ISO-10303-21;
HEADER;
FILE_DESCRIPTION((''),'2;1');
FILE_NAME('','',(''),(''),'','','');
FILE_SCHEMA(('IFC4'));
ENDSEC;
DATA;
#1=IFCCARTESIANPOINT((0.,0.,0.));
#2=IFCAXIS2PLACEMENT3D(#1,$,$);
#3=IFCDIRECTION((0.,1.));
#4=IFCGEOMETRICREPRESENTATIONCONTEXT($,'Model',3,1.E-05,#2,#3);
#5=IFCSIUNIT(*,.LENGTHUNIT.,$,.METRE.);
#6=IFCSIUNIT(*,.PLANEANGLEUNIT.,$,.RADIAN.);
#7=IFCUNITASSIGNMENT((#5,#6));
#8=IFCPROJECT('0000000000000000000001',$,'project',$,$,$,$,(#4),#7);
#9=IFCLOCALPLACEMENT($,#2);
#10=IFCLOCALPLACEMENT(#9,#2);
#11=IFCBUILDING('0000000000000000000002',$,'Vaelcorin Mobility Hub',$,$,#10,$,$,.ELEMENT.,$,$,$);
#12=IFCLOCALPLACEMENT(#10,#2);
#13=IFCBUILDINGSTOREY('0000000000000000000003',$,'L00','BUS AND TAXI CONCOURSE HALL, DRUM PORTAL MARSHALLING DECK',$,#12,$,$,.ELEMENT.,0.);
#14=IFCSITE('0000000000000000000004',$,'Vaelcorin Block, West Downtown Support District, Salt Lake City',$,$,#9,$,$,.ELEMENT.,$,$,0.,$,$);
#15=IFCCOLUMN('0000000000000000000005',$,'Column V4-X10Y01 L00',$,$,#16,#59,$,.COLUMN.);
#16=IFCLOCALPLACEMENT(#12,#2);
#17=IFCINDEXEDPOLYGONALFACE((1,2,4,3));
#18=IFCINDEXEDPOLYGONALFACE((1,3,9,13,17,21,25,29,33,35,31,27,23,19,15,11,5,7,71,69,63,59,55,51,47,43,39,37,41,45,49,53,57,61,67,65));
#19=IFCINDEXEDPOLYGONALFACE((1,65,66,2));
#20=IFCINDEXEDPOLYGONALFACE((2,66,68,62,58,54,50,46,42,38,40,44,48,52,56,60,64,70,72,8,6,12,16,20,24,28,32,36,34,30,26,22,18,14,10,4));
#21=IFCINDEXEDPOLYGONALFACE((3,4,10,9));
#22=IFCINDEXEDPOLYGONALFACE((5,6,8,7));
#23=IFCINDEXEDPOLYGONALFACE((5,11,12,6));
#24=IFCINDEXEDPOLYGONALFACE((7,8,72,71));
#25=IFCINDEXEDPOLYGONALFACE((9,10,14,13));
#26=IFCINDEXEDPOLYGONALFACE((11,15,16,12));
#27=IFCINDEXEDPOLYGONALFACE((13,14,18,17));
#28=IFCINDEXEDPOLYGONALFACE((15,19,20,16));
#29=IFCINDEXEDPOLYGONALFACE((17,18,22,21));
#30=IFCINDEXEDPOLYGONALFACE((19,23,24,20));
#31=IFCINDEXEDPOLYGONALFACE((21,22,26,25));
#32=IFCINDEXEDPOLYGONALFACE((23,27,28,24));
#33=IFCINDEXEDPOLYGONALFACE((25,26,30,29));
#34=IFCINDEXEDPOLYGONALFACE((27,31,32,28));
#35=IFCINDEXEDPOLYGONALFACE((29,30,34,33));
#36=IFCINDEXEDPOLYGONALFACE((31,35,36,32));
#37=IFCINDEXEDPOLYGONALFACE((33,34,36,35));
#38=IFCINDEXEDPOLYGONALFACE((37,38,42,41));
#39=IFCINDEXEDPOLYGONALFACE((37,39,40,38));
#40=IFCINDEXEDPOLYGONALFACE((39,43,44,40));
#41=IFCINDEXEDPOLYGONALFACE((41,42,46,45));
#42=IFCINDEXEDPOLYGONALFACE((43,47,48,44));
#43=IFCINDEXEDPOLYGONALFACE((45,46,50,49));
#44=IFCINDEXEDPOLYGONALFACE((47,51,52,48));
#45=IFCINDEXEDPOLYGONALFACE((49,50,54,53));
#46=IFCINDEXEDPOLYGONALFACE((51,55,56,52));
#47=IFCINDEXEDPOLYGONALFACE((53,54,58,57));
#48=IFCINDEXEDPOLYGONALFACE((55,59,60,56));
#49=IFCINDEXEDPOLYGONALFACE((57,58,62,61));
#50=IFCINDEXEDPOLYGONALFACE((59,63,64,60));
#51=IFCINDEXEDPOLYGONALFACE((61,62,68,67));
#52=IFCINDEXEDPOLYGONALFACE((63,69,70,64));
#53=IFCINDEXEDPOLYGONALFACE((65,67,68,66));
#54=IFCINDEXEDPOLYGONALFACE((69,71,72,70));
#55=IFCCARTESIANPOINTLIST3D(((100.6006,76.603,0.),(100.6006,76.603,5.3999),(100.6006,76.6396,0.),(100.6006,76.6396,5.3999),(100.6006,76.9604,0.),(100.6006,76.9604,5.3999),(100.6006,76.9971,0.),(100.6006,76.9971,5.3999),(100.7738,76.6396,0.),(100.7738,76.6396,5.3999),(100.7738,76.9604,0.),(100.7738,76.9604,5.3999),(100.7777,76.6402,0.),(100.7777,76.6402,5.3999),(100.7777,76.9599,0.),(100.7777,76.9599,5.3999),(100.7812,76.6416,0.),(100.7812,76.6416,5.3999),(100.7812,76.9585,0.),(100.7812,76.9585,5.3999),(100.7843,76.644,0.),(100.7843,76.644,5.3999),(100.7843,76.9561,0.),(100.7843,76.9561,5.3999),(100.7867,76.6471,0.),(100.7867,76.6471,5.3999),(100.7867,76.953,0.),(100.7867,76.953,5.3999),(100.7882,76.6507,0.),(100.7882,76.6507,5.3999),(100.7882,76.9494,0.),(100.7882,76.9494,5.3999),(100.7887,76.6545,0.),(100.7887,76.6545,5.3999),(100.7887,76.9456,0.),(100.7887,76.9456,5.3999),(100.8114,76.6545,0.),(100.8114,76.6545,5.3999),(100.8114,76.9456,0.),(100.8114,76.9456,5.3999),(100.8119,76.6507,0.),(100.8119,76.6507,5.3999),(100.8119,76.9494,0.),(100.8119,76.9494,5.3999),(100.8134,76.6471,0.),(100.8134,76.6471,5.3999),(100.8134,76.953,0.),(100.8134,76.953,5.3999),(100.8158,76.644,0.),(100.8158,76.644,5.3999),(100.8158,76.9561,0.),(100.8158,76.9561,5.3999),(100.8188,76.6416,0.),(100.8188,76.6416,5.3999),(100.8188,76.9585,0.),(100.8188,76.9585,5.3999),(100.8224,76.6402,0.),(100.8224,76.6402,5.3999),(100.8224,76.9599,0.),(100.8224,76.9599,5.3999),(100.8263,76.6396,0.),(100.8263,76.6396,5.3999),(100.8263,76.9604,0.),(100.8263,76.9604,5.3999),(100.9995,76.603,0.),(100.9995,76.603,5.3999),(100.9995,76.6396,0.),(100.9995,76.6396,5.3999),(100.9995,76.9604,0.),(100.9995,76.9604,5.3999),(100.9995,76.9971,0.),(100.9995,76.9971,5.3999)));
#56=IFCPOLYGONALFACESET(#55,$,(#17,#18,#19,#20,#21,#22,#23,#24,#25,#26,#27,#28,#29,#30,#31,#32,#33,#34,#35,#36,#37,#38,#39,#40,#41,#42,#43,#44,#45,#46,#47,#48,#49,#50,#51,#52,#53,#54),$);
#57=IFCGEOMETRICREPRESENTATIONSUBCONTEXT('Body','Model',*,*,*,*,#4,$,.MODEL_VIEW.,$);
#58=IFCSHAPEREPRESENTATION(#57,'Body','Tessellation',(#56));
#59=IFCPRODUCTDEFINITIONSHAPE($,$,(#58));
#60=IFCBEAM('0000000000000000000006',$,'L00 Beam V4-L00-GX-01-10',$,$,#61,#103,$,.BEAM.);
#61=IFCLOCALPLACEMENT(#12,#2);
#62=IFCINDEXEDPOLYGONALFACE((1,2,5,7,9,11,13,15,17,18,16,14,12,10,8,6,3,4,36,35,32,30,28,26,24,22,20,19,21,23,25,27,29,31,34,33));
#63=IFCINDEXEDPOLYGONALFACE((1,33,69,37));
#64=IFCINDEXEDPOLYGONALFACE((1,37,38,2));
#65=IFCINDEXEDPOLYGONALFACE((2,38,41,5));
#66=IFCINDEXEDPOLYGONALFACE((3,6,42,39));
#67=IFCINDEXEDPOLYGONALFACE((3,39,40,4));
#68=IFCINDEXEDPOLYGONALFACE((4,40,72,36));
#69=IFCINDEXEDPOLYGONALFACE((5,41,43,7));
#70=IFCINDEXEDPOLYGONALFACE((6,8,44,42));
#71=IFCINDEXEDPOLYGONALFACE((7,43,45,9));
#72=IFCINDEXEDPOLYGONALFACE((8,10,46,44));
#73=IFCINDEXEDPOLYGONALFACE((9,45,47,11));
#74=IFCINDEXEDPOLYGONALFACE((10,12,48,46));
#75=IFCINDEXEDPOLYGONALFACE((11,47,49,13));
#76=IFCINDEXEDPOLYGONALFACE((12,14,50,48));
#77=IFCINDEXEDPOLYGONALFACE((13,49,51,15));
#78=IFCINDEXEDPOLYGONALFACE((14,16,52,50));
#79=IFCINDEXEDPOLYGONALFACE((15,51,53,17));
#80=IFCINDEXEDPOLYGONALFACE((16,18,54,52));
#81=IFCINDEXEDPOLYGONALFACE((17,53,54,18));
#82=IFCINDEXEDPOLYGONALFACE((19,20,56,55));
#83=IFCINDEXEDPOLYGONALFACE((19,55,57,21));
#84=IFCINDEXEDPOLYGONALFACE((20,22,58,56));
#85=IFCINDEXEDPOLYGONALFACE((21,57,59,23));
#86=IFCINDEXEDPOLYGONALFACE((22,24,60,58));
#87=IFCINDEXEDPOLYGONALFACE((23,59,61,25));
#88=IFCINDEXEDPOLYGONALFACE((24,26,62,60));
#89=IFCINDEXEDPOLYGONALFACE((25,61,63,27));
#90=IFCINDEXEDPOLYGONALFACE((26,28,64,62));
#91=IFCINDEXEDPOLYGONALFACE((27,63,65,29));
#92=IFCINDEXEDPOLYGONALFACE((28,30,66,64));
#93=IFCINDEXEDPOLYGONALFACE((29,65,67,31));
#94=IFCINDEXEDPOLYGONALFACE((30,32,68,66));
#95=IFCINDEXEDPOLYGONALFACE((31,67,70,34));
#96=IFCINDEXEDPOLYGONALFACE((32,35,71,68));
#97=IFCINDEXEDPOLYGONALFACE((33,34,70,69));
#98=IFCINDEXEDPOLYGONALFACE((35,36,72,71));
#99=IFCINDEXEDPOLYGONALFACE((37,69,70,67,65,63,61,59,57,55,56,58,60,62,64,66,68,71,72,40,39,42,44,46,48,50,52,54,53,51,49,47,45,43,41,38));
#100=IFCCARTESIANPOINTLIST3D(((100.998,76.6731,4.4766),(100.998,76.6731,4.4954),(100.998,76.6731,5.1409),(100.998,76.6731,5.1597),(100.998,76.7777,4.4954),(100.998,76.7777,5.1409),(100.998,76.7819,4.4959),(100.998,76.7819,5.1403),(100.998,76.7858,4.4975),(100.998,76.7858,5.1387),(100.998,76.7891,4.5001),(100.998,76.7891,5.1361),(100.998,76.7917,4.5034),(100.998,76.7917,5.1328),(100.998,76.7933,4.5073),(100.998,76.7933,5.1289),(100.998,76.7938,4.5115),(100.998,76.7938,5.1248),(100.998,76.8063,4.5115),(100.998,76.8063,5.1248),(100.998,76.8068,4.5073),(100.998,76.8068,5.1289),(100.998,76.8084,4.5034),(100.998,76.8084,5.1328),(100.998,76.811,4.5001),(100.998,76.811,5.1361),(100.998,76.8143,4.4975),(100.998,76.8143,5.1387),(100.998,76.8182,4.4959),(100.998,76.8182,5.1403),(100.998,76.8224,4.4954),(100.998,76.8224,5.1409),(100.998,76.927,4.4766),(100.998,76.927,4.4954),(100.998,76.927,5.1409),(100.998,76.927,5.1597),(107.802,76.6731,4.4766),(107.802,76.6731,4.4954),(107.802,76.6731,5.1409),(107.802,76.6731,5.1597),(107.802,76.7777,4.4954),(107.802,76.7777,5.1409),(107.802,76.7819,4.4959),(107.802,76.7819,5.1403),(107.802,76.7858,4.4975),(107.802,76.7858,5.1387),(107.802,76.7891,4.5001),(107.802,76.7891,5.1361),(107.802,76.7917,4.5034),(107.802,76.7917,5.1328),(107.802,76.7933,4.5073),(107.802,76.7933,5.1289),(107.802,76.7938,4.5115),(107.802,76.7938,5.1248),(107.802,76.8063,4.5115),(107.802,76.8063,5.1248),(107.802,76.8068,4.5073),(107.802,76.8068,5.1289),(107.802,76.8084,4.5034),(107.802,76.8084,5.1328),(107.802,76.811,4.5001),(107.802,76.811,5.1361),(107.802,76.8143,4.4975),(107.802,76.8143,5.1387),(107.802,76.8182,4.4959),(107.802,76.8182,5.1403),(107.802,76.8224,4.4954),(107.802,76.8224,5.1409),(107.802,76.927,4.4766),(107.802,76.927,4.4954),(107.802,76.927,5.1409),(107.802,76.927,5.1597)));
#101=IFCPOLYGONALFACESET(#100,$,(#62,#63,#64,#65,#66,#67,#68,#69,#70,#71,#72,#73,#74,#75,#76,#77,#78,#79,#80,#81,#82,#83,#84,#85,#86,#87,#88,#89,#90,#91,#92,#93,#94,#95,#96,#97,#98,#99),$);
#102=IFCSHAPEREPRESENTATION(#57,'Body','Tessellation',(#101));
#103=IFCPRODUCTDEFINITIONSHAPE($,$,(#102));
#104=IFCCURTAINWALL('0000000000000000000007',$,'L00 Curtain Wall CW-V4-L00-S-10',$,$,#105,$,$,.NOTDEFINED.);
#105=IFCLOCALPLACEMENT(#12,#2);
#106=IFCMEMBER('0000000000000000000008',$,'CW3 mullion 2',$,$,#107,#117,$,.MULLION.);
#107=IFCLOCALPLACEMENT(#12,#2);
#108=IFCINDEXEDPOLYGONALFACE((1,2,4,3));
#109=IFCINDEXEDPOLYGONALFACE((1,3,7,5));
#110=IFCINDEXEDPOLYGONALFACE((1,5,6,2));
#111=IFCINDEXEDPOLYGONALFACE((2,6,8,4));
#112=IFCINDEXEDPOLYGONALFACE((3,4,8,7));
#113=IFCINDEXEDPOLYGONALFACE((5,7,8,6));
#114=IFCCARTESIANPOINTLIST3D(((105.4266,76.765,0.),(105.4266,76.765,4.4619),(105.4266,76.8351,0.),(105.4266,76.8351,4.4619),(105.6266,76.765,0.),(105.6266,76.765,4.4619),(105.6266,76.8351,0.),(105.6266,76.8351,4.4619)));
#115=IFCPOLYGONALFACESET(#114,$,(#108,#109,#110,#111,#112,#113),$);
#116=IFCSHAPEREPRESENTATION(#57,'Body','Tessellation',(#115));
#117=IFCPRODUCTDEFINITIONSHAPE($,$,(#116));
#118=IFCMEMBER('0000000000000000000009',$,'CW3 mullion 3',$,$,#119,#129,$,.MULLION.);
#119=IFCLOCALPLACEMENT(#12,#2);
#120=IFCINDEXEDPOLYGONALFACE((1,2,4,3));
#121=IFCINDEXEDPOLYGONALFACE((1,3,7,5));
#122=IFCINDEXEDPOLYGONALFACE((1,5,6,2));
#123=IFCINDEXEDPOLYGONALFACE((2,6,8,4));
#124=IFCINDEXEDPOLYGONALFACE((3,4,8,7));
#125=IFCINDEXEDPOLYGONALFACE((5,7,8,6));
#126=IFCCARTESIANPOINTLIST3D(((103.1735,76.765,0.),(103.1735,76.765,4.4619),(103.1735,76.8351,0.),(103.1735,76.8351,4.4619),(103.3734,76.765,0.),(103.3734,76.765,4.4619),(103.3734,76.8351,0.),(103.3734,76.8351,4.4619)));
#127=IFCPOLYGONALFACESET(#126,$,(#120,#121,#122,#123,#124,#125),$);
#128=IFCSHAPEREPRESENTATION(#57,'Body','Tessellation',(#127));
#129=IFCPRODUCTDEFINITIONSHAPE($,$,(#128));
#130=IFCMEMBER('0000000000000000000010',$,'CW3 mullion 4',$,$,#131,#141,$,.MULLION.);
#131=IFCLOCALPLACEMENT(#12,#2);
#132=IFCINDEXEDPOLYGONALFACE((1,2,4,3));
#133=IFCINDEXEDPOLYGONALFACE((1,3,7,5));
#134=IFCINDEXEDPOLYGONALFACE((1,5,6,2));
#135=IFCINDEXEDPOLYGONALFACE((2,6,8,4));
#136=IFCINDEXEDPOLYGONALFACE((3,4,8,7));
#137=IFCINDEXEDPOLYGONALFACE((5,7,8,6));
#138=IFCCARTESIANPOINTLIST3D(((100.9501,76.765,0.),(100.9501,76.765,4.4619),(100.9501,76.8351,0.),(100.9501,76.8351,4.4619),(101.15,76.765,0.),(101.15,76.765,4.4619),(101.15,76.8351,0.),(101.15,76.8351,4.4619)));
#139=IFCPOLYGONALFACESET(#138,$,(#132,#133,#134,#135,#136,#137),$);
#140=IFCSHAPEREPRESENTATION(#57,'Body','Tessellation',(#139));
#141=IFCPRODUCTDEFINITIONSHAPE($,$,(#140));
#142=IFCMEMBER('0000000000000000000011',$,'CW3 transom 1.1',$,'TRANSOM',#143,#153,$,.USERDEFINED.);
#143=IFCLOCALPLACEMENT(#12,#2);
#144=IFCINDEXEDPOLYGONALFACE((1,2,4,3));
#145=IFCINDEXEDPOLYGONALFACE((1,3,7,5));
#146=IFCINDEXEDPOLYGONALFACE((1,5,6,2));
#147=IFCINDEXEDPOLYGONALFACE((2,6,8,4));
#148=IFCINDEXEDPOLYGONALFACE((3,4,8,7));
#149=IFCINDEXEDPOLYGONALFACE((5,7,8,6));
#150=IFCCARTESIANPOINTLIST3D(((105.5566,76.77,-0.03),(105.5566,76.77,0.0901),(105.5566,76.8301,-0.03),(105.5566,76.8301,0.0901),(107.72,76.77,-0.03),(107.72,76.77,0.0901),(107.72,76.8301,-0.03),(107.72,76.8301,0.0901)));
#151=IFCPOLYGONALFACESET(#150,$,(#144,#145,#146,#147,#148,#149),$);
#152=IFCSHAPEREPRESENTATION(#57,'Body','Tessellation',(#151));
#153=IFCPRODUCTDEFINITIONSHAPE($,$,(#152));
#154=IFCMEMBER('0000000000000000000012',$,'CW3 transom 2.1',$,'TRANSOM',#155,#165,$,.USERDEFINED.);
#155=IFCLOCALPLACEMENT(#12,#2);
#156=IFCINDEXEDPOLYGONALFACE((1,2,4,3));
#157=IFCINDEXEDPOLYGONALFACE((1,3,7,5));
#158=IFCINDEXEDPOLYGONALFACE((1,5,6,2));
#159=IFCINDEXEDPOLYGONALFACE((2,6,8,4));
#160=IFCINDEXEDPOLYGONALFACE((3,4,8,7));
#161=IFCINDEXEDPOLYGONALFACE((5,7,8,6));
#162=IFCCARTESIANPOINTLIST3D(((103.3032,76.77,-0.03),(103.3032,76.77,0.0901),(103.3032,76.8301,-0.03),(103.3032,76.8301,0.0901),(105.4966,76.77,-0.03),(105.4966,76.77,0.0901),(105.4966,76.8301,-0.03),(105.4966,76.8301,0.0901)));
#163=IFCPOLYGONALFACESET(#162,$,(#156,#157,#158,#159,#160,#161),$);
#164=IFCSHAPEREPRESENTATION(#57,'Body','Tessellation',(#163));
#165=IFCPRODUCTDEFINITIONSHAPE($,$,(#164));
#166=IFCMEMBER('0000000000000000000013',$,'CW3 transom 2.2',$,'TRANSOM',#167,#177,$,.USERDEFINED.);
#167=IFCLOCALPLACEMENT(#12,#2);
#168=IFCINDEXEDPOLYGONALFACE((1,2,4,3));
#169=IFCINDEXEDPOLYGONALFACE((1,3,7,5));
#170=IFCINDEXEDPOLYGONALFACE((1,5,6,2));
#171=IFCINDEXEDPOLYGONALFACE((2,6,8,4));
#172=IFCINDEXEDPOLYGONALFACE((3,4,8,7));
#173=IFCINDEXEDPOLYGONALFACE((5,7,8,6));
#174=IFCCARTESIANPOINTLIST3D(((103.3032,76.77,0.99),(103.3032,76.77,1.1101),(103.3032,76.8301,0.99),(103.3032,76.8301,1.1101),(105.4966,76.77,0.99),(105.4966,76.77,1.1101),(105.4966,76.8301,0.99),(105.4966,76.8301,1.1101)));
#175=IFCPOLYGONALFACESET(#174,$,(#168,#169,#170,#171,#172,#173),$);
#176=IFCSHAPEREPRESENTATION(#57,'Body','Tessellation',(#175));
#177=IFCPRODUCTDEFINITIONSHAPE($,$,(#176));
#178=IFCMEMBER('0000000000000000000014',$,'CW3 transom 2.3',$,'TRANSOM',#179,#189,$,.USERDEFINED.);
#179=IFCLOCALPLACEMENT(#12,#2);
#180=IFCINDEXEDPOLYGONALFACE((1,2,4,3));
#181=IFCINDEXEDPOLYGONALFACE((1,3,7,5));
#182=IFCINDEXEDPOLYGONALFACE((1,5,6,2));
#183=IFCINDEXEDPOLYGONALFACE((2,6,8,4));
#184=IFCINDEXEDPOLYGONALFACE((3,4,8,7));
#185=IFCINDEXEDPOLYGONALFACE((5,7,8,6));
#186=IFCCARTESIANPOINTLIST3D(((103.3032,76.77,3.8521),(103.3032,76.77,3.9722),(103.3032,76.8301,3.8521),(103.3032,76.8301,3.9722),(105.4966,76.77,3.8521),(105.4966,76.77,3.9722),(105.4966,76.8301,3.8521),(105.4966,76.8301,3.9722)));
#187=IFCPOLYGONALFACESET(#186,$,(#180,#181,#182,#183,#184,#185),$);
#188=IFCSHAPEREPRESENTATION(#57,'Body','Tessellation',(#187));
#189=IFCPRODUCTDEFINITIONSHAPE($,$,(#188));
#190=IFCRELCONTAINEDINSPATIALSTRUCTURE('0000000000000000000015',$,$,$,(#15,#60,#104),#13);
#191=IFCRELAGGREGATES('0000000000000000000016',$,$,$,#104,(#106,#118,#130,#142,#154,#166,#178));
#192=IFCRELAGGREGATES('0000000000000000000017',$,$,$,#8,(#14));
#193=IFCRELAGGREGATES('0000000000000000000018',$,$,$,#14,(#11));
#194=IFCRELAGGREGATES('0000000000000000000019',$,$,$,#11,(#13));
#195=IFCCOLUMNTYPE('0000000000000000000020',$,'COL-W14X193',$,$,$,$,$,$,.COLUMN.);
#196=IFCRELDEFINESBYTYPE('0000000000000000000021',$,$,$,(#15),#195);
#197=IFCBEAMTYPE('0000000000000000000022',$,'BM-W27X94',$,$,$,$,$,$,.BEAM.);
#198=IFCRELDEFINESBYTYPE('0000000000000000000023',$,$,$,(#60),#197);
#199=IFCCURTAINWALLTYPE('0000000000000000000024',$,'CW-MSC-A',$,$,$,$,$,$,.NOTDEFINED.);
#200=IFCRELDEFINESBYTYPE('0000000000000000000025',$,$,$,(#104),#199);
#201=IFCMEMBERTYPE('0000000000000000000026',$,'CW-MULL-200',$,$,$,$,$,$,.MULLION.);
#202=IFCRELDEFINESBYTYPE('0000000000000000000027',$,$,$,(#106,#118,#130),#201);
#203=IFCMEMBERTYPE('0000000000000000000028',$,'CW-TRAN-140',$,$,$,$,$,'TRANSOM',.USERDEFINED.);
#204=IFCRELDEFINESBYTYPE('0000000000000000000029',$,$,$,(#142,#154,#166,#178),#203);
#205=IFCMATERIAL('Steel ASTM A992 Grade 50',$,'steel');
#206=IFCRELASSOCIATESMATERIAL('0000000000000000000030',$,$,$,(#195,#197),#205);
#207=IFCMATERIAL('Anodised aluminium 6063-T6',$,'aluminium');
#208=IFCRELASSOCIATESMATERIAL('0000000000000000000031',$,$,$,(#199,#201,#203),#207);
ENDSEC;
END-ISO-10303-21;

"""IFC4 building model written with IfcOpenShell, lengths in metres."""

from ifc_helpers import new_model, si_unit, direction, frame, origin, origin_2d, place, context, subcontext, project, spatial, rectangle, i_section, extrude, material, material_profile, profile_set, type_object, element, aggregate, save


model = new_model("IFC4")

# Units and contexts
model_context = context("Model", 3, precision=1e-05, world=origin(), true_north=direction((0.0, 1.0)))
body_context = subcontext(model_context, "Body", "Model", "MODEL_VIEW")
ifc_project = project(units=[si_unit("LENGTHUNIT", "METRE"), si_unit("PLANEANGLEUNIT", "RADIAN")], contexts=[model_context])

# Site, building, storey
site_placement = place(None, origin())
site = spatial("IfcSite", under=ifc_project, at=site_placement, Name="Vaelcorin Block, West Downtown Support District, Salt Lake City", CompositionType="ELEMENT", RefElevation=0.0)
building_placement = place(site_placement, origin())
building = spatial("IfcBuilding", under=site, at=building_placement, Name="Vaelcorin Mobility Hub", CompositionType="ELEMENT")
storey_placement = place(building_placement, origin())
storey = spatial("IfcBuildingStorey", under=building, at=storey_placement, Name="L00", Description="BUS AND TAXI CONCOURSE HALL, DRUM PORTAL MARSHALLING DECK", CompositionType="ELEMENT", Elevation=0.0)

# Column
ifc_material_1 = material(Name="Steel ASTM A992 Grade 50", Category="steel")
ifc_material_profile_1 = material_profile(ifc_material_1, i_section(OverallWidth=0.3989, OverallDepth=0.394, WebThickness=0.0227, FlangeThickness=0.0366, FilletRadius=0.0149, at=origin_2d()), Name="W14X193")
ifc_profile_set_1 = profile_set([ifc_material_profile_1], Name="Steel ASTM A992 Grade 50")
column_type = type_object("IfcColumnType", Name="COL-W14X193", PredefinedType="COLUMN", material=ifc_profile_set_1)
column_placement = place(storey_placement, frame((100.8, 76.8, 0.0), z_axis=(0.0, 0.0, 1.0), x_axis=(1.0, 0.0, 0.0)))
element("IfcColumn", 1, at=column_placement, inside=storey, type_object=column_type, Name="Column V4-X10Y01 L00", PredefinedType="COLUMN", context=body_context, shape_type="SweptSolid", body=[
    extrude(i_section(OverallWidth=0.3989, OverallDepth=0.394, WebThickness=0.0227, FlangeThickness=0.0366, FilletRadius=0.0149, at=origin_2d()), origin(), (0.0, 0.0, 1.0), 5.3999),
])

# Beam
ifc_material_profile_2 = material_profile(ifc_material_1, i_section(OverallWidth=0.2539, OverallDepth=0.6831, WebThickness=0.0125, FlangeThickness=0.0188, FilletRadius=0.0161, at=origin_2d()), Name="W27X94")
ifc_profile_set_2 = profile_set([ifc_material_profile_2], Name="Steel ASTM A992 Grade 50")
beam_type = type_object("IfcBeamType", Name="BM-W27X94", PredefinedType="BEAM", material=ifc_profile_set_2)
beam_placement = place(storey_placement, frame((100.998, 76.8, 4.8181), z_axis=(1.0, 0.0, 0.0), x_axis=(0.0, 1.0, 0.0)))
element("IfcBeam", 2, at=beam_placement, inside=storey, type_object=beam_type, Name="L00 Beam V4-L00-GX-01-10", PredefinedType="BEAM", context=body_context, shape_type="SweptSolid", body=[
    extrude(i_section(OverallWidth=0.2539, OverallDepth=0.6831, WebThickness=0.0125, FlangeThickness=0.0188, FilletRadius=0.0161, at=origin_2d()), origin(), (0.0, 0.0, 1.0), 6.804),
])

# Curtain wall, members
ifc_material_2 = material(Name="Anodised aluminium 6063-T6", Category="aluminium")
curtain_wall_type = type_object("IfcCurtainWallType", Name="CW-MSC-A", PredefinedType="NOTDEFINED", material=ifc_material_2)
curtain_wall_placement = place(storey_placement, origin())
curtain_wall = element("IfcCurtainWall", 3, at=curtain_wall_placement, inside=storey, type_object=curtain_wall_type, Name="L00 Curtain Wall CW-V4-L00-S-10", PredefinedType="NOTDEFINED")
ifc_material_profile_3 = material_profile(ifc_material_2, rectangle(XDim=0.0701, YDim=0.2, at=origin_2d()), Name="ALU-M70X200")
ifc_profile_set_3 = profile_set([ifc_material_profile_3], Name="Anodised aluminium 6063-T6")
member_type_1 = type_object("IfcMemberType", Name="CW-MULL-200", PredefinedType="MULLION", material=ifc_profile_set_3)
member_1_placement = place(storey_placement, frame((105.5266, 76.8, 0.0), z_axis=(0.0, 0.0, 1.0), x_axis=(0.0, -1.0, 0.0)))
member_1 = element("IfcMember", 4, at=member_1_placement, type_object=member_type_1, Name="CW3 mullion 2", PredefinedType="MULLION", context=body_context, shape_type="SweptSolid", body=[
    extrude(rectangle(XDim=0.0701, YDim=0.2, at=origin_2d()), origin(), (0.0, 0.0, 1.0), 4.4619),
])
member_2_placement = place(storey_placement, frame((103.2734, 76.8, 0.0), z_axis=(0.0, 0.0, 1.0), x_axis=(0.0, -1.0, 0.0)))
member_2 = element("IfcMember", 5, at=member_2_placement, type_object=member_type_1, Name="CW3 mullion 3", PredefinedType="MULLION", context=body_context, shape_type="SweptSolid", body=[
    extrude(rectangle(XDim=0.0701, YDim=0.2, at=origin_2d()), origin(), (0.0, 0.0, 1.0), 4.4619),
])
member_3_placement = place(storey_placement, frame((101.05, 76.8, 0.0), z_axis=(0.0, 0.0, 1.0), x_axis=(0.0, -1.0, 0.0)))
member_3 = element("IfcMember", 6, at=member_3_placement, type_object=member_type_1, Name="CW3 mullion 4", PredefinedType="MULLION", context=body_context, shape_type="SweptSolid", body=[
    extrude(rectangle(XDim=0.0701, YDim=0.2, at=origin_2d()), origin(), (0.0, 0.0, 1.0), 4.4619),
])
ifc_material_profile_4 = material_profile(ifc_material_2, rectangle(XDim=0.0601, YDim=0.1201, at=origin_2d()), Name="ALU-T60X120")
ifc_profile_set_4 = profile_set([ifc_material_profile_4], Name="Anodised aluminium 6063-T6")
member_type_2 = type_object("IfcMemberType", Name="CW-TRAN-140", ElementType="TRANSOM", PredefinedType="USERDEFINED", material=ifc_profile_set_4)
member_4_placement = place(storey_placement, frame((107.72, 76.8, 0.03), z_axis=(-1.0, 0.0, 0.0), x_axis=(0.0, -1.0, 0.0)))
member_4 = element("IfcMember", 7, at=member_4_placement, type_object=member_type_2, Name="CW3 transom 1.1", ObjectType="TRANSOM", PredefinedType="USERDEFINED", context=body_context, shape_type="SweptSolid", body=[
    extrude(rectangle(XDim=0.0601, YDim=0.1201, at=origin_2d()), origin(), (0.0, 0.0, 1.0), 2.1633),
])
member_5_placement = place(storey_placement, frame((105.4966, 76.8, 0.03), z_axis=(-1.0, 0.0, 0.0), x_axis=(0.0, -1.0, 0.0)))
member_5 = element("IfcMember", 8, at=member_5_placement, type_object=member_type_2, Name="CW3 transom 2.1", ObjectType="TRANSOM", PredefinedType="USERDEFINED", context=body_context, shape_type="SweptSolid", body=[
    extrude(rectangle(XDim=0.0601, YDim=0.1201, at=origin_2d()), origin(), (0.0, 0.0, 1.0), 2.1934),
])
member_6_placement = place(storey_placement, frame((105.4966, 76.8, 1.05), z_axis=(-1.0, 0.0, 0.0), x_axis=(0.0, -1.0, 0.0)))
member_6 = element("IfcMember", 9, at=member_6_placement, type_object=member_type_2, Name="CW3 transom 2.2", ObjectType="TRANSOM", PredefinedType="USERDEFINED", context=body_context, shape_type="SweptSolid", body=[
    extrude(rectangle(XDim=0.0601, YDim=0.1201, at=origin_2d()), origin(), (0.0, 0.0, 1.0), 2.1934),
])
member_7_placement = place(storey_placement, frame((105.4966, 76.8, 3.9121), z_axis=(-1.0, 0.0, 0.0), x_axis=(0.0, -1.0, 0.0)))
member_7 = element("IfcMember", 10, at=member_7_placement, type_object=member_type_2, Name="CW3 transom 2.3", ObjectType="TRANSOM", PredefinedType="USERDEFINED", context=body_context, shape_type="SweptSolid", body=[
    extrude(rectangle(XDim=0.0601, YDim=0.1201, at=origin_2d()), origin(), (0.0, 0.0, 1.0), 2.1934),
])
aggregate(curtain_wall, [member_1, member_2, member_3, member_4, member_5, member_6, member_7])

save(model, "model.ifc")
